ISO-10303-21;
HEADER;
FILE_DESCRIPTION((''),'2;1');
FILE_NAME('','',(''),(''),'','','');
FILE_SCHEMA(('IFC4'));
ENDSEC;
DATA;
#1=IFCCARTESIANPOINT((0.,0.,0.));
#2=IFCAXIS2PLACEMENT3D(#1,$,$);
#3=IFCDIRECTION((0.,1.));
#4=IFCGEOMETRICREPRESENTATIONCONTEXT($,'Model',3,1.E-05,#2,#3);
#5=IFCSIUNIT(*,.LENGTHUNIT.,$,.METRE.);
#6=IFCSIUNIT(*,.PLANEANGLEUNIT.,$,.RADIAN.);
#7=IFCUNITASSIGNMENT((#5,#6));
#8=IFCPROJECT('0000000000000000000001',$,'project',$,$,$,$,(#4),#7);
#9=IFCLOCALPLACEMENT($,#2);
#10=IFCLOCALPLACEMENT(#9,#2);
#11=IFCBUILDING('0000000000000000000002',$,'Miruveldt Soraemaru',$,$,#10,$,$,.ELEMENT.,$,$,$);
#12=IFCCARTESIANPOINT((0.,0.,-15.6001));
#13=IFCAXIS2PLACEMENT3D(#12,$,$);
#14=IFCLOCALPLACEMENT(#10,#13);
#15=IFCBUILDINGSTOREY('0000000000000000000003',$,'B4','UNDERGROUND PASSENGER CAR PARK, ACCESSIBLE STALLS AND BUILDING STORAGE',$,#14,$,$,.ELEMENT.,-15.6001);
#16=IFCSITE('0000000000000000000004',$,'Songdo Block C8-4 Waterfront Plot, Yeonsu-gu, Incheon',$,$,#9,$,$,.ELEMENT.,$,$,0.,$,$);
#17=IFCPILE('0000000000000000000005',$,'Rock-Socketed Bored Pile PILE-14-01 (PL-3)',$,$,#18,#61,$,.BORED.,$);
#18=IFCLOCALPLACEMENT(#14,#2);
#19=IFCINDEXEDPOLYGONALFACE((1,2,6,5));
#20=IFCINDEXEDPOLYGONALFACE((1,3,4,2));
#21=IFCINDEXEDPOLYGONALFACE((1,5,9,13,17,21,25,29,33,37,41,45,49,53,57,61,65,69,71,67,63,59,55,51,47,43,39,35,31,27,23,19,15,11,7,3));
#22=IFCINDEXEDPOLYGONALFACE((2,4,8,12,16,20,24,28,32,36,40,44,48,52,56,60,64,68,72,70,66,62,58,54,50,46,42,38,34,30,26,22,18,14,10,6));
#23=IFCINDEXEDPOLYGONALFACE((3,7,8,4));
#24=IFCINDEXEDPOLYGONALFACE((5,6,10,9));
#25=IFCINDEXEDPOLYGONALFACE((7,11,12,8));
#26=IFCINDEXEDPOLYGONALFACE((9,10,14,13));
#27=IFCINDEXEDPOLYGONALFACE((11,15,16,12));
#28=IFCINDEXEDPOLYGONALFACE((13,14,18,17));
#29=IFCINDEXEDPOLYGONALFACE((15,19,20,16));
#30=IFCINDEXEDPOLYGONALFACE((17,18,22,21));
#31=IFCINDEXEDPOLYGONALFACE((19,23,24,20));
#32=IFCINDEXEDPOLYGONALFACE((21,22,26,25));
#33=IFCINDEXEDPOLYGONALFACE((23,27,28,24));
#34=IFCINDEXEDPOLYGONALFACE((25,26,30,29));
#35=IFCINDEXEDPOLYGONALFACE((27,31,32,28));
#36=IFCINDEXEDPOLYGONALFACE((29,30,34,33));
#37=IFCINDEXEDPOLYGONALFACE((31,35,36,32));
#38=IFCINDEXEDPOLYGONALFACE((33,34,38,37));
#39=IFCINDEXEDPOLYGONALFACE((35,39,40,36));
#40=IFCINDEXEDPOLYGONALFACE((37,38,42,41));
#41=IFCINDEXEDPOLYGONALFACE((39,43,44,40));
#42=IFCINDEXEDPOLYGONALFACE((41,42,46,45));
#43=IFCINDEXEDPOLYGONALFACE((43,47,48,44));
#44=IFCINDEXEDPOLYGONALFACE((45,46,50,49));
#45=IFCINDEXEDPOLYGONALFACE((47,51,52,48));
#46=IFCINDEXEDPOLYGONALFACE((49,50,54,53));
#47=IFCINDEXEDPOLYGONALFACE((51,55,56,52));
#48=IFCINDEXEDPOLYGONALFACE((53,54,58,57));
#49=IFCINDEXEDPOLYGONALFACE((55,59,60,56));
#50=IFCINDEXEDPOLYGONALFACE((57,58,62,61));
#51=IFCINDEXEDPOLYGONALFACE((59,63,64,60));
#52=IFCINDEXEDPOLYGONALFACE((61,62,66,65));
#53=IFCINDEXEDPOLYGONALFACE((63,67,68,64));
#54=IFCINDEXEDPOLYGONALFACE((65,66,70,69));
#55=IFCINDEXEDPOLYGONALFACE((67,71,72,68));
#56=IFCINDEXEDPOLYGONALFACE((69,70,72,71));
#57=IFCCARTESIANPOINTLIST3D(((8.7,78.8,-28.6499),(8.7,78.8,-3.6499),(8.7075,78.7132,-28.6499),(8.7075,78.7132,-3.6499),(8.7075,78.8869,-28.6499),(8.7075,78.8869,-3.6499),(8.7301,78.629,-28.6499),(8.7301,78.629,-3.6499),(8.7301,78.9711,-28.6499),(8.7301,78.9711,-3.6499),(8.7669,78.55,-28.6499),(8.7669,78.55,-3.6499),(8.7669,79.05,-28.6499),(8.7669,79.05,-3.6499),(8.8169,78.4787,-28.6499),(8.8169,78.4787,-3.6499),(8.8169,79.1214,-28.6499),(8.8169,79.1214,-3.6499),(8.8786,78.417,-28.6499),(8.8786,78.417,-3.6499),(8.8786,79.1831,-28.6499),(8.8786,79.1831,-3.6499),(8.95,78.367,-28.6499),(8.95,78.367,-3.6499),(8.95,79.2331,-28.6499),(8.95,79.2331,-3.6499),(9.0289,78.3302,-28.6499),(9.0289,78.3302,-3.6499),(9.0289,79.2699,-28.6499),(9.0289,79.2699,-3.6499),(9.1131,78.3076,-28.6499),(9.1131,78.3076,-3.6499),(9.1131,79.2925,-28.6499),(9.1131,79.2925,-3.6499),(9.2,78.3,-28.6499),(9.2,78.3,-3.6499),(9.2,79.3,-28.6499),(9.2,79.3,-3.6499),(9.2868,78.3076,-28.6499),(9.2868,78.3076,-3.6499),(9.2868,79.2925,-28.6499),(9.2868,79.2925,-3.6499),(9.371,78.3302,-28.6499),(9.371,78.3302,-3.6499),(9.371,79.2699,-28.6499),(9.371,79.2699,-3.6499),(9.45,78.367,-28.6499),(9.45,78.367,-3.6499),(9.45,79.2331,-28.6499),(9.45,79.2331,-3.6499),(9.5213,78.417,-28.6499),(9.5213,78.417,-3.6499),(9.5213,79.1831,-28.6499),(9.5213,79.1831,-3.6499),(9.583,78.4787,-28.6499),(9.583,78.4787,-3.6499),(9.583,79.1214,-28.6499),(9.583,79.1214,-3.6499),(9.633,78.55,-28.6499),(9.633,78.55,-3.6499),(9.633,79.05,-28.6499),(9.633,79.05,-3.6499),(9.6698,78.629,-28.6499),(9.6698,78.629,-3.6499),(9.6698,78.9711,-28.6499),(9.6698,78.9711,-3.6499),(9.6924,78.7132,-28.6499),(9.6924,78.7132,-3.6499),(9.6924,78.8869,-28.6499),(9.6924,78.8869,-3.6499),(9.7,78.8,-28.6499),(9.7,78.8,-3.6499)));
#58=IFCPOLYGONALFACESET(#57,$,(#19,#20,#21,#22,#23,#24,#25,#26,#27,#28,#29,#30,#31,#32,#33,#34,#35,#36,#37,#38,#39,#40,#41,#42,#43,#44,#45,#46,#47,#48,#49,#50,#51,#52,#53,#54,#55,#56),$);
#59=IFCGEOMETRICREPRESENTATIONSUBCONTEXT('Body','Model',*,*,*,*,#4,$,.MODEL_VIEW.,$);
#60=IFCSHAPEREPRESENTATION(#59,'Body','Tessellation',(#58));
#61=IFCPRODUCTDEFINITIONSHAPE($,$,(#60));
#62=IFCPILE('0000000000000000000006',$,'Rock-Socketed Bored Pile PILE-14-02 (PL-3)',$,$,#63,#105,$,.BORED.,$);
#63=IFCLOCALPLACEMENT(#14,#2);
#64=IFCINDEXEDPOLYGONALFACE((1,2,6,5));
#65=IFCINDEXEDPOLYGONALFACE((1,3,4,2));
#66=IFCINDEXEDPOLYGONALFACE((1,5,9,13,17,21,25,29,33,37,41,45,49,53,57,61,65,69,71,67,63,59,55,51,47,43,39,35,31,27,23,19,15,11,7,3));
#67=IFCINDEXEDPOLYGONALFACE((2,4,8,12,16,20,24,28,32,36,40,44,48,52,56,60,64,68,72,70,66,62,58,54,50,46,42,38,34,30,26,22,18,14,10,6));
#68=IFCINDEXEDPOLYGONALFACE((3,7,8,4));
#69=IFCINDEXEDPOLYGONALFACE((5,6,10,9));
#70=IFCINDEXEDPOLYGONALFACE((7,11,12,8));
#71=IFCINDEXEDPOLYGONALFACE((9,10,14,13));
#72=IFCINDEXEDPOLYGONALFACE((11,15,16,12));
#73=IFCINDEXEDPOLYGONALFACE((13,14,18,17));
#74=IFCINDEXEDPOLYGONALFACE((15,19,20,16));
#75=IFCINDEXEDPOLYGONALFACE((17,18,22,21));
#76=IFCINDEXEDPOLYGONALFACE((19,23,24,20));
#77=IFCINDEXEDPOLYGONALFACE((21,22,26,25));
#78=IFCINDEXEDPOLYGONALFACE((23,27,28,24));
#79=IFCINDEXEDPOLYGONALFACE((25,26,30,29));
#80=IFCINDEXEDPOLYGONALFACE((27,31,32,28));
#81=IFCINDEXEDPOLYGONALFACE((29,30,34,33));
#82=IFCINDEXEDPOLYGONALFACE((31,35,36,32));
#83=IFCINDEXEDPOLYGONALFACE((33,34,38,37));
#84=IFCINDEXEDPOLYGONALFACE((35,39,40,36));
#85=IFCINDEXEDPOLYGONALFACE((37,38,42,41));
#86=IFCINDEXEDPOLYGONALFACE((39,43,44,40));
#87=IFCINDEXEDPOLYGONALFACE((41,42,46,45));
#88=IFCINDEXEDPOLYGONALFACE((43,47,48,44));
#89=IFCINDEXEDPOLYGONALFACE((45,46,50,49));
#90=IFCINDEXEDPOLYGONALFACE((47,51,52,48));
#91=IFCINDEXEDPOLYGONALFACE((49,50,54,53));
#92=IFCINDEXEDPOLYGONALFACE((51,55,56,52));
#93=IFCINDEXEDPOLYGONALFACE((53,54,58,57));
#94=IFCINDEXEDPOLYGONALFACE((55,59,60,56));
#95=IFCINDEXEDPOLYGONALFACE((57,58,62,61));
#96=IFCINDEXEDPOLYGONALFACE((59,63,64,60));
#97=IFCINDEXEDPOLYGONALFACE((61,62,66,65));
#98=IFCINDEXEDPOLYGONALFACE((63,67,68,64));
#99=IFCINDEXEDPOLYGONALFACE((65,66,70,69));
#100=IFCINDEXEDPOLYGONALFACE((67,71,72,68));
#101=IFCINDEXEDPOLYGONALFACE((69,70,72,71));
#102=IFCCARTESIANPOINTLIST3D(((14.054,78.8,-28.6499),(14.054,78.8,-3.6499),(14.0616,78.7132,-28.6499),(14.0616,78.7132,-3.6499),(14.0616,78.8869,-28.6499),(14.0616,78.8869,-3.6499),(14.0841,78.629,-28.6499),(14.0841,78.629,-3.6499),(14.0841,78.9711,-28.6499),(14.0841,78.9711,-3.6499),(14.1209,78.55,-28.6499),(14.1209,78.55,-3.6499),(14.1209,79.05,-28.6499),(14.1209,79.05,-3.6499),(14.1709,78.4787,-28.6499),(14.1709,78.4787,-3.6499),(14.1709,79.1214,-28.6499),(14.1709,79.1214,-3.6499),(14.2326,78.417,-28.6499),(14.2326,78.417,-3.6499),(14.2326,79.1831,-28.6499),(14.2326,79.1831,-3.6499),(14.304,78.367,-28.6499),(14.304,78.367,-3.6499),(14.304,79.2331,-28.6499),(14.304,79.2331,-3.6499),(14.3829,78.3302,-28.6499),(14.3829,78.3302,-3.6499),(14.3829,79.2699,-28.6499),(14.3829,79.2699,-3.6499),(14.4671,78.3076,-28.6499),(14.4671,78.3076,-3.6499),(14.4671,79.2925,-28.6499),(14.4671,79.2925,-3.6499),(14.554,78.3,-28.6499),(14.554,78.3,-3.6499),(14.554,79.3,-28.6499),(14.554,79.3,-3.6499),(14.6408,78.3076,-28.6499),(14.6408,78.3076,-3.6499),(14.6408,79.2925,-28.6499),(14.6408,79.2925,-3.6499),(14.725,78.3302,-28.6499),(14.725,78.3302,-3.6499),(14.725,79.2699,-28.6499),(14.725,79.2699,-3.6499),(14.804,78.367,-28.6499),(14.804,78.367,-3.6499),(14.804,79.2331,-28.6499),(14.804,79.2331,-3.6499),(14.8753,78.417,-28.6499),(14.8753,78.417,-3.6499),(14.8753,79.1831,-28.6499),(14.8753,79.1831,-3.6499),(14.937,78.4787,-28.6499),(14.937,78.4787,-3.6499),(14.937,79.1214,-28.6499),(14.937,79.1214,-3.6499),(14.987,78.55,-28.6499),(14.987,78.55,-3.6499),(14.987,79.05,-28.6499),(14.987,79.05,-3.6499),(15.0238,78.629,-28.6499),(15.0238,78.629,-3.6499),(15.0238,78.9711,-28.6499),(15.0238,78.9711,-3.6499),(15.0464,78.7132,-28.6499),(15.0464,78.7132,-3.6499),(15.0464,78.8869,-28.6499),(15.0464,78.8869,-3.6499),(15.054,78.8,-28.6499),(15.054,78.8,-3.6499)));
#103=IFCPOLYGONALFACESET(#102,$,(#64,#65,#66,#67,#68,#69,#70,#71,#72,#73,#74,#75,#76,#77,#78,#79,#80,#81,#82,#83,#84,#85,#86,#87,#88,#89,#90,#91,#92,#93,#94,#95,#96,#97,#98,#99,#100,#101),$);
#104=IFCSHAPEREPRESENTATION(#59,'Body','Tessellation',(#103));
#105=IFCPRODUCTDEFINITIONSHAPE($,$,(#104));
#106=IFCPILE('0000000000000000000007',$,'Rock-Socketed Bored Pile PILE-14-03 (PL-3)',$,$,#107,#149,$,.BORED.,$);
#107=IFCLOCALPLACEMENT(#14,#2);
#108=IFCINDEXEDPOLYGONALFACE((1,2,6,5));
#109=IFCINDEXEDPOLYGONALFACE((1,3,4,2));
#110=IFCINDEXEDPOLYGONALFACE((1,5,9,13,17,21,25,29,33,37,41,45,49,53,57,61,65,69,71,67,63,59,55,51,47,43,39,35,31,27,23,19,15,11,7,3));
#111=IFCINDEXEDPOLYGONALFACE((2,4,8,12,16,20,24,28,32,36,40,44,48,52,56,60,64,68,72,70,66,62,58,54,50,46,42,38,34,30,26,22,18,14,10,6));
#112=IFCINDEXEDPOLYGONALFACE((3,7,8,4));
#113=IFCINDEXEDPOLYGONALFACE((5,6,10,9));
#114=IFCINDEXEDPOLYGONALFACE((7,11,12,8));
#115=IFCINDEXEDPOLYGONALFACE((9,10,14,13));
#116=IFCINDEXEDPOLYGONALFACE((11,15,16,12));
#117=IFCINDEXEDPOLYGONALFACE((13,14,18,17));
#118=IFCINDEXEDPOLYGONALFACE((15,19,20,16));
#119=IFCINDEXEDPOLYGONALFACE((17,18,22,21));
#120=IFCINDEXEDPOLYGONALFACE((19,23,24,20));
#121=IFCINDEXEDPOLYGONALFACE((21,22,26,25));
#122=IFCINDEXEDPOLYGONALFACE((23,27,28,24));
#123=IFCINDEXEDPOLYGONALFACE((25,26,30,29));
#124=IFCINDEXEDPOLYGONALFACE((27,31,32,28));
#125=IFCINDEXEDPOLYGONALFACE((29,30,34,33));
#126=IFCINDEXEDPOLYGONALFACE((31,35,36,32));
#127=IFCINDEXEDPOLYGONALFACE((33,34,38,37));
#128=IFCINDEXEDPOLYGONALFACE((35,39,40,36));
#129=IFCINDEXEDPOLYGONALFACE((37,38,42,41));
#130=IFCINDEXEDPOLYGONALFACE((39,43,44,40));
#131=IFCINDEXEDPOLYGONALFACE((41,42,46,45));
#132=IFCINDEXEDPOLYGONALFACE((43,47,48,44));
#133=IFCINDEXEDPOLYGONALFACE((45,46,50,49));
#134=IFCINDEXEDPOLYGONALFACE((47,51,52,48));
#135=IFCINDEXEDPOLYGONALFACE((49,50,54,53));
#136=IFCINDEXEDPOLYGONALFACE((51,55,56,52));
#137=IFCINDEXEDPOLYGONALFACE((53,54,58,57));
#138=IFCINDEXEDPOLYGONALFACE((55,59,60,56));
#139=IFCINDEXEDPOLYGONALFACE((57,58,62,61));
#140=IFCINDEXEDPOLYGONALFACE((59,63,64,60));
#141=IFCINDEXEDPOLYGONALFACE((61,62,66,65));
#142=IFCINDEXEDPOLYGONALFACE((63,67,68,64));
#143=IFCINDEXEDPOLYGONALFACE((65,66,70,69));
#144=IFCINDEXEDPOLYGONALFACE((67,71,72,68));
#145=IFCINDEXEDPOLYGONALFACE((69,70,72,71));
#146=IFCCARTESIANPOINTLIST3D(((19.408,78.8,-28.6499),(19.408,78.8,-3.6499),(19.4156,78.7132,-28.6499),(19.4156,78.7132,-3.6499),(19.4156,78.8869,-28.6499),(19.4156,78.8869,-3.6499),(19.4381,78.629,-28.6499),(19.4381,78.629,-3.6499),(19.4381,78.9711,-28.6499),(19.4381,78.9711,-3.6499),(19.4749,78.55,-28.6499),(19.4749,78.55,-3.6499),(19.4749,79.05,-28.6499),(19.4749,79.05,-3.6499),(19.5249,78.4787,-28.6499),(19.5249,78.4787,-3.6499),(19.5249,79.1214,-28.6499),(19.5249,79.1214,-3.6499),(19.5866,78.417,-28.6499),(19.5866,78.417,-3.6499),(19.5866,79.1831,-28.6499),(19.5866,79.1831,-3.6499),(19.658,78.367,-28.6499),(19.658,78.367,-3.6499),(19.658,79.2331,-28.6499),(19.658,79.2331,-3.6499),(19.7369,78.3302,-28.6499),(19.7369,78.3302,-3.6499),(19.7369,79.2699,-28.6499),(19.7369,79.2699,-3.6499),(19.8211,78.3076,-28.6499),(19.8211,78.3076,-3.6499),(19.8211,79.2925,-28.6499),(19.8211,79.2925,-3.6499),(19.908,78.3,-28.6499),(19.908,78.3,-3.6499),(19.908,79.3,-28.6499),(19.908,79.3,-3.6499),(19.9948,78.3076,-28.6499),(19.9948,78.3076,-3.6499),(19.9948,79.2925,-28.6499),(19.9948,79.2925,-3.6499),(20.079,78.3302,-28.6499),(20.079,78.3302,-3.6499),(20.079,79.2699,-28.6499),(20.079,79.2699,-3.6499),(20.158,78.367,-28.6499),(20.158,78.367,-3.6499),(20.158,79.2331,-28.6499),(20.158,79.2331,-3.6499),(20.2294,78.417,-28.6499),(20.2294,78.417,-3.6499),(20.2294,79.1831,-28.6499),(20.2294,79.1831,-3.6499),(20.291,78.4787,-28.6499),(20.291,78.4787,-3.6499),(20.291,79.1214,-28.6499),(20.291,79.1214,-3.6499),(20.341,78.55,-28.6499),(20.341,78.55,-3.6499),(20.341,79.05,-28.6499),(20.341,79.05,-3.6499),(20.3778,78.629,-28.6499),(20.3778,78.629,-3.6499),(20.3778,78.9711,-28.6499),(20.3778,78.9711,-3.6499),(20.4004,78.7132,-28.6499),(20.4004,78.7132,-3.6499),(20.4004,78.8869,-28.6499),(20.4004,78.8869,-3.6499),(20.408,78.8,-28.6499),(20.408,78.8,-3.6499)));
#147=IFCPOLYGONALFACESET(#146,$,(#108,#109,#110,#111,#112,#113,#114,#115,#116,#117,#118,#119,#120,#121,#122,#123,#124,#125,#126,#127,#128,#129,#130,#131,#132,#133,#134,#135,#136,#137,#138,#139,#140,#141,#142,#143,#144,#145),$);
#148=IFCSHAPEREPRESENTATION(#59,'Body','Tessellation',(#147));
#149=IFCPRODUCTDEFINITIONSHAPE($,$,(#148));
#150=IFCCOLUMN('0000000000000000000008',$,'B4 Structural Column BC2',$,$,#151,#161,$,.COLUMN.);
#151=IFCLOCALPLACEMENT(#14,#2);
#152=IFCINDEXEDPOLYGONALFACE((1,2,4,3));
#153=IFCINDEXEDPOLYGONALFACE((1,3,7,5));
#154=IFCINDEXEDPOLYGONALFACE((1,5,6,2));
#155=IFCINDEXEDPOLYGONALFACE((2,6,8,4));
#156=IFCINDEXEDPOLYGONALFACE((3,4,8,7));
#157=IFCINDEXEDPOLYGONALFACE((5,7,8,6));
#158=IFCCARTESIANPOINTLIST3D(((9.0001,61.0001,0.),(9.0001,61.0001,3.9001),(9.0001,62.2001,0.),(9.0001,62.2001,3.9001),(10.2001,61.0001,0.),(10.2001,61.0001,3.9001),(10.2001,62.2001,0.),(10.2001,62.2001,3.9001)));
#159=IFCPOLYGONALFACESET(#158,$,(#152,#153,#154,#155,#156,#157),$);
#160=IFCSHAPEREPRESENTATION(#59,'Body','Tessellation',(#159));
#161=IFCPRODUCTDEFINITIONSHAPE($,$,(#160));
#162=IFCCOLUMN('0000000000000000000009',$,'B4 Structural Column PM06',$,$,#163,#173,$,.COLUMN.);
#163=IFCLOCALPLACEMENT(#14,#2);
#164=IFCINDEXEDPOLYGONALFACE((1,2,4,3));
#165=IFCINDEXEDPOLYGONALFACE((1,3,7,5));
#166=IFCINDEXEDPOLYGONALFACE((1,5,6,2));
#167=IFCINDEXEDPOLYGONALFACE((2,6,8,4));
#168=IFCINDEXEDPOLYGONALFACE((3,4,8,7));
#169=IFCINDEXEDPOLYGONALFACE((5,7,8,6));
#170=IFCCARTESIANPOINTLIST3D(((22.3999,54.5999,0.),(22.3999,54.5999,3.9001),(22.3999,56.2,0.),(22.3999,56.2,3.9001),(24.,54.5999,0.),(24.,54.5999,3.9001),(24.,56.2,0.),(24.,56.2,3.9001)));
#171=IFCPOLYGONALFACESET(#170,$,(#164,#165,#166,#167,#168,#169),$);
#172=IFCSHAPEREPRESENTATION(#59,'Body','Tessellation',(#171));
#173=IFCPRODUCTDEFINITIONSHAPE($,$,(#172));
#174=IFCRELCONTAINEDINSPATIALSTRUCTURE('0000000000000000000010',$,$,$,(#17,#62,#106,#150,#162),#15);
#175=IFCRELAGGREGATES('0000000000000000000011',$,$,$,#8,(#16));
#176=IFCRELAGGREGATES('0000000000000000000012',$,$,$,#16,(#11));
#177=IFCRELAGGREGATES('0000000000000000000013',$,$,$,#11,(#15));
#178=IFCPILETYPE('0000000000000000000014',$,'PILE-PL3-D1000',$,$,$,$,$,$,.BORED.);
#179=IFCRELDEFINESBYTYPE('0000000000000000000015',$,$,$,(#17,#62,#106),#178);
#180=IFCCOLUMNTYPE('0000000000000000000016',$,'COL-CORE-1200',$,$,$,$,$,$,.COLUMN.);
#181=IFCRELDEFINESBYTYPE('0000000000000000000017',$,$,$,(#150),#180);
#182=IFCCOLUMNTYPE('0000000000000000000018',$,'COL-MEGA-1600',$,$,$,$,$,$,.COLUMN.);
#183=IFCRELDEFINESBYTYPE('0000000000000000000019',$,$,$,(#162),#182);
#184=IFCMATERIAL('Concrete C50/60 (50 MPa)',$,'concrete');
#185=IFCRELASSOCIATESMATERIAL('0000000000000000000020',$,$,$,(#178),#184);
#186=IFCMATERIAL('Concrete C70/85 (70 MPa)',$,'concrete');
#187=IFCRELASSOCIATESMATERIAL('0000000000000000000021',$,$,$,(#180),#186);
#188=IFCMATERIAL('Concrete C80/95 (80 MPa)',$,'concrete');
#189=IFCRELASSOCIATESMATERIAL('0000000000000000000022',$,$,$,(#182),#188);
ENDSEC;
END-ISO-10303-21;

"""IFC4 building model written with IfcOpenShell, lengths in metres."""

from ifc_helpers import new_model, si_unit, direction, frame, origin, origin_2d, place, context, subcontext, project, spatial, rectangle, circle, extrude, material, material_profile, profile_set, type_object, element, save


model = new_model("IFC4")

# Units and contexts
model_context = context("Model", 3, precision=1e-05, world=origin(), true_north=direction((0.0, 1.0)))
body_context = subcontext(model_context, "Body", "Model", "MODEL_VIEW")
ifc_project = project(units=[si_unit("LENGTHUNIT", "METRE"), si_unit("PLANEANGLEUNIT", "RADIAN")], contexts=[model_context])

# Site, building, storey
site_placement = place(None, origin())
site = spatial("IfcSite", under=ifc_project, at=site_placement, Name="Songdo Block C8-4 Waterfront Plot, Yeonsu-gu, Incheon", CompositionType="ELEMENT", RefElevation=0.0)
building_placement = place(site_placement, origin())
building = spatial("IfcBuilding", under=site, at=building_placement, Name="Miruveldt Soraemaru", CompositionType="ELEMENT")
storey_placement = place(building_placement, frame((0.0, 0.0, -15.6001)))
storey = spatial("IfcBuildingStorey", under=building, at=storey_placement, Name="B4", Description="UNDERGROUND PASSENGER CAR PARK, ACCESSIBLE STALLS AND BUILDING STORAGE", CompositionType="ELEMENT", Elevation=-15.6001)

# Piles
ifc_material_1 = material(Name="Concrete C50/60 (50 MPa)", Category="concrete")
ifc_material_profile_1 = material_profile(ifc_material_1, circle(Radius=0.5, at=origin_2d()), Name="Concrete C50/60 (50 MPa)", Category="concrete")
ifc_profile_set_1 = profile_set([ifc_material_profile_1], Name="Concrete C50/60 (50 MPa)")
pile_type_1 = type_object("IfcPileType", Name="PILE-PL3-D1000", PredefinedType="BORED", material=ifc_profile_set_1)
for number, where, z_axis, x_axis, name in (
    (1, (9.2, 78.8, -3.6499), (0.0, 0.0, -1.0), (1.0, 0.0, 0.0), "Rock-Socketed Bored Pile PILE-14-01 (PL-3)"),
    (2, (14.554, 78.8, -3.6499), (0.0, 0.0, -1.0), (1.0, 0.0, 0.0), "Rock-Socketed Bored Pile PILE-14-02 (PL-3)"),
    (3, (19.908, 78.8, -3.6499), (0.0, 0.0, -1.0), (1.0, 0.0, 0.0), "Rock-Socketed Bored Pile PILE-14-03 (PL-3)"),
):
    element("IfcPile", number, at=place(storey_placement, frame(where, z_axis=z_axis, x_axis=x_axis)), inside=storey, type_object=pile_type_1, Name=name, PredefinedType="BORED", context=body_context, shape_type="SweptSolid", body=[
        extrude(circle(Radius=0.5, at=origin_2d()), origin(), (0.0, 0.0, 1.0), 25.0),
    ])

# Columns
ifc_material_2 = material(Name="Concrete C70/85 (70 MPa)", Category="concrete")
ifc_material_profile_2 = material_profile(ifc_material_2, rectangle(XDim=1.2, YDim=1.2, at=origin_2d()), Name="Concrete C70/85 (70 MPa)", Category="concrete")
ifc_profile_set_2 = profile_set([ifc_material_profile_2], Name="Concrete C70/85 (70 MPa)")
column_type_1 = type_object("IfcColumnType", Name="COL-CORE-1200", PredefinedType="COLUMN", material=ifc_profile_set_2)
column_1_placement = place(storey_placement, frame((9.6001, 61.6001, 0.0), z_axis=(0.0, 0.0, 1.0), x_axis=(1.0, 0.0, 0.0)))
element("IfcColumn", 4, at=column_1_placement, inside=storey, type_object=column_type_1, Name="B4 Structural Column BC2", PredefinedType="COLUMN", context=body_context, shape_type="SweptSolid", body=[
    extrude(rectangle(XDim=1.2, YDim=1.2, at=origin_2d()), origin(), (0.0, 0.0, 1.0), 3.9001),
])
ifc_material_3 = material(Name="Concrete C80/95 (80 MPa)", Category="concrete")
ifc_material_profile_3 = material_profile(ifc_material_3, rectangle(XDim=1.6001, YDim=1.6001, at=origin_2d()), Name="Concrete C80/95 (80 MPa)", Category="concrete")
ifc_profile_set_3 = profile_set([ifc_material_profile_3], Name="Concrete C80/95 (80 MPa)")
column_type_2 = type_object("IfcColumnType", Name="COL-MEGA-1600", PredefinedType="COLUMN", material=ifc_profile_set_3)
column_2_placement = place(storey_placement, frame((23.2, 55.3999, 0.0), z_axis=(0.0, 0.0, 1.0), x_axis=(1.0, 0.0, 0.0)))
element("IfcColumn", 5, at=column_2_placement, inside=storey, type_object=column_type_2, Name="B4 Structural Column PM06", PredefinedType="COLUMN", context=body_context, shape_type="SweptSolid", body=[
    extrude(rectangle(XDim=1.6001, YDim=1.6001, at=origin_2d()), origin(), (0.0, 0.0, 1.0), 3.9001),
])

save(model, "model.ifc")
